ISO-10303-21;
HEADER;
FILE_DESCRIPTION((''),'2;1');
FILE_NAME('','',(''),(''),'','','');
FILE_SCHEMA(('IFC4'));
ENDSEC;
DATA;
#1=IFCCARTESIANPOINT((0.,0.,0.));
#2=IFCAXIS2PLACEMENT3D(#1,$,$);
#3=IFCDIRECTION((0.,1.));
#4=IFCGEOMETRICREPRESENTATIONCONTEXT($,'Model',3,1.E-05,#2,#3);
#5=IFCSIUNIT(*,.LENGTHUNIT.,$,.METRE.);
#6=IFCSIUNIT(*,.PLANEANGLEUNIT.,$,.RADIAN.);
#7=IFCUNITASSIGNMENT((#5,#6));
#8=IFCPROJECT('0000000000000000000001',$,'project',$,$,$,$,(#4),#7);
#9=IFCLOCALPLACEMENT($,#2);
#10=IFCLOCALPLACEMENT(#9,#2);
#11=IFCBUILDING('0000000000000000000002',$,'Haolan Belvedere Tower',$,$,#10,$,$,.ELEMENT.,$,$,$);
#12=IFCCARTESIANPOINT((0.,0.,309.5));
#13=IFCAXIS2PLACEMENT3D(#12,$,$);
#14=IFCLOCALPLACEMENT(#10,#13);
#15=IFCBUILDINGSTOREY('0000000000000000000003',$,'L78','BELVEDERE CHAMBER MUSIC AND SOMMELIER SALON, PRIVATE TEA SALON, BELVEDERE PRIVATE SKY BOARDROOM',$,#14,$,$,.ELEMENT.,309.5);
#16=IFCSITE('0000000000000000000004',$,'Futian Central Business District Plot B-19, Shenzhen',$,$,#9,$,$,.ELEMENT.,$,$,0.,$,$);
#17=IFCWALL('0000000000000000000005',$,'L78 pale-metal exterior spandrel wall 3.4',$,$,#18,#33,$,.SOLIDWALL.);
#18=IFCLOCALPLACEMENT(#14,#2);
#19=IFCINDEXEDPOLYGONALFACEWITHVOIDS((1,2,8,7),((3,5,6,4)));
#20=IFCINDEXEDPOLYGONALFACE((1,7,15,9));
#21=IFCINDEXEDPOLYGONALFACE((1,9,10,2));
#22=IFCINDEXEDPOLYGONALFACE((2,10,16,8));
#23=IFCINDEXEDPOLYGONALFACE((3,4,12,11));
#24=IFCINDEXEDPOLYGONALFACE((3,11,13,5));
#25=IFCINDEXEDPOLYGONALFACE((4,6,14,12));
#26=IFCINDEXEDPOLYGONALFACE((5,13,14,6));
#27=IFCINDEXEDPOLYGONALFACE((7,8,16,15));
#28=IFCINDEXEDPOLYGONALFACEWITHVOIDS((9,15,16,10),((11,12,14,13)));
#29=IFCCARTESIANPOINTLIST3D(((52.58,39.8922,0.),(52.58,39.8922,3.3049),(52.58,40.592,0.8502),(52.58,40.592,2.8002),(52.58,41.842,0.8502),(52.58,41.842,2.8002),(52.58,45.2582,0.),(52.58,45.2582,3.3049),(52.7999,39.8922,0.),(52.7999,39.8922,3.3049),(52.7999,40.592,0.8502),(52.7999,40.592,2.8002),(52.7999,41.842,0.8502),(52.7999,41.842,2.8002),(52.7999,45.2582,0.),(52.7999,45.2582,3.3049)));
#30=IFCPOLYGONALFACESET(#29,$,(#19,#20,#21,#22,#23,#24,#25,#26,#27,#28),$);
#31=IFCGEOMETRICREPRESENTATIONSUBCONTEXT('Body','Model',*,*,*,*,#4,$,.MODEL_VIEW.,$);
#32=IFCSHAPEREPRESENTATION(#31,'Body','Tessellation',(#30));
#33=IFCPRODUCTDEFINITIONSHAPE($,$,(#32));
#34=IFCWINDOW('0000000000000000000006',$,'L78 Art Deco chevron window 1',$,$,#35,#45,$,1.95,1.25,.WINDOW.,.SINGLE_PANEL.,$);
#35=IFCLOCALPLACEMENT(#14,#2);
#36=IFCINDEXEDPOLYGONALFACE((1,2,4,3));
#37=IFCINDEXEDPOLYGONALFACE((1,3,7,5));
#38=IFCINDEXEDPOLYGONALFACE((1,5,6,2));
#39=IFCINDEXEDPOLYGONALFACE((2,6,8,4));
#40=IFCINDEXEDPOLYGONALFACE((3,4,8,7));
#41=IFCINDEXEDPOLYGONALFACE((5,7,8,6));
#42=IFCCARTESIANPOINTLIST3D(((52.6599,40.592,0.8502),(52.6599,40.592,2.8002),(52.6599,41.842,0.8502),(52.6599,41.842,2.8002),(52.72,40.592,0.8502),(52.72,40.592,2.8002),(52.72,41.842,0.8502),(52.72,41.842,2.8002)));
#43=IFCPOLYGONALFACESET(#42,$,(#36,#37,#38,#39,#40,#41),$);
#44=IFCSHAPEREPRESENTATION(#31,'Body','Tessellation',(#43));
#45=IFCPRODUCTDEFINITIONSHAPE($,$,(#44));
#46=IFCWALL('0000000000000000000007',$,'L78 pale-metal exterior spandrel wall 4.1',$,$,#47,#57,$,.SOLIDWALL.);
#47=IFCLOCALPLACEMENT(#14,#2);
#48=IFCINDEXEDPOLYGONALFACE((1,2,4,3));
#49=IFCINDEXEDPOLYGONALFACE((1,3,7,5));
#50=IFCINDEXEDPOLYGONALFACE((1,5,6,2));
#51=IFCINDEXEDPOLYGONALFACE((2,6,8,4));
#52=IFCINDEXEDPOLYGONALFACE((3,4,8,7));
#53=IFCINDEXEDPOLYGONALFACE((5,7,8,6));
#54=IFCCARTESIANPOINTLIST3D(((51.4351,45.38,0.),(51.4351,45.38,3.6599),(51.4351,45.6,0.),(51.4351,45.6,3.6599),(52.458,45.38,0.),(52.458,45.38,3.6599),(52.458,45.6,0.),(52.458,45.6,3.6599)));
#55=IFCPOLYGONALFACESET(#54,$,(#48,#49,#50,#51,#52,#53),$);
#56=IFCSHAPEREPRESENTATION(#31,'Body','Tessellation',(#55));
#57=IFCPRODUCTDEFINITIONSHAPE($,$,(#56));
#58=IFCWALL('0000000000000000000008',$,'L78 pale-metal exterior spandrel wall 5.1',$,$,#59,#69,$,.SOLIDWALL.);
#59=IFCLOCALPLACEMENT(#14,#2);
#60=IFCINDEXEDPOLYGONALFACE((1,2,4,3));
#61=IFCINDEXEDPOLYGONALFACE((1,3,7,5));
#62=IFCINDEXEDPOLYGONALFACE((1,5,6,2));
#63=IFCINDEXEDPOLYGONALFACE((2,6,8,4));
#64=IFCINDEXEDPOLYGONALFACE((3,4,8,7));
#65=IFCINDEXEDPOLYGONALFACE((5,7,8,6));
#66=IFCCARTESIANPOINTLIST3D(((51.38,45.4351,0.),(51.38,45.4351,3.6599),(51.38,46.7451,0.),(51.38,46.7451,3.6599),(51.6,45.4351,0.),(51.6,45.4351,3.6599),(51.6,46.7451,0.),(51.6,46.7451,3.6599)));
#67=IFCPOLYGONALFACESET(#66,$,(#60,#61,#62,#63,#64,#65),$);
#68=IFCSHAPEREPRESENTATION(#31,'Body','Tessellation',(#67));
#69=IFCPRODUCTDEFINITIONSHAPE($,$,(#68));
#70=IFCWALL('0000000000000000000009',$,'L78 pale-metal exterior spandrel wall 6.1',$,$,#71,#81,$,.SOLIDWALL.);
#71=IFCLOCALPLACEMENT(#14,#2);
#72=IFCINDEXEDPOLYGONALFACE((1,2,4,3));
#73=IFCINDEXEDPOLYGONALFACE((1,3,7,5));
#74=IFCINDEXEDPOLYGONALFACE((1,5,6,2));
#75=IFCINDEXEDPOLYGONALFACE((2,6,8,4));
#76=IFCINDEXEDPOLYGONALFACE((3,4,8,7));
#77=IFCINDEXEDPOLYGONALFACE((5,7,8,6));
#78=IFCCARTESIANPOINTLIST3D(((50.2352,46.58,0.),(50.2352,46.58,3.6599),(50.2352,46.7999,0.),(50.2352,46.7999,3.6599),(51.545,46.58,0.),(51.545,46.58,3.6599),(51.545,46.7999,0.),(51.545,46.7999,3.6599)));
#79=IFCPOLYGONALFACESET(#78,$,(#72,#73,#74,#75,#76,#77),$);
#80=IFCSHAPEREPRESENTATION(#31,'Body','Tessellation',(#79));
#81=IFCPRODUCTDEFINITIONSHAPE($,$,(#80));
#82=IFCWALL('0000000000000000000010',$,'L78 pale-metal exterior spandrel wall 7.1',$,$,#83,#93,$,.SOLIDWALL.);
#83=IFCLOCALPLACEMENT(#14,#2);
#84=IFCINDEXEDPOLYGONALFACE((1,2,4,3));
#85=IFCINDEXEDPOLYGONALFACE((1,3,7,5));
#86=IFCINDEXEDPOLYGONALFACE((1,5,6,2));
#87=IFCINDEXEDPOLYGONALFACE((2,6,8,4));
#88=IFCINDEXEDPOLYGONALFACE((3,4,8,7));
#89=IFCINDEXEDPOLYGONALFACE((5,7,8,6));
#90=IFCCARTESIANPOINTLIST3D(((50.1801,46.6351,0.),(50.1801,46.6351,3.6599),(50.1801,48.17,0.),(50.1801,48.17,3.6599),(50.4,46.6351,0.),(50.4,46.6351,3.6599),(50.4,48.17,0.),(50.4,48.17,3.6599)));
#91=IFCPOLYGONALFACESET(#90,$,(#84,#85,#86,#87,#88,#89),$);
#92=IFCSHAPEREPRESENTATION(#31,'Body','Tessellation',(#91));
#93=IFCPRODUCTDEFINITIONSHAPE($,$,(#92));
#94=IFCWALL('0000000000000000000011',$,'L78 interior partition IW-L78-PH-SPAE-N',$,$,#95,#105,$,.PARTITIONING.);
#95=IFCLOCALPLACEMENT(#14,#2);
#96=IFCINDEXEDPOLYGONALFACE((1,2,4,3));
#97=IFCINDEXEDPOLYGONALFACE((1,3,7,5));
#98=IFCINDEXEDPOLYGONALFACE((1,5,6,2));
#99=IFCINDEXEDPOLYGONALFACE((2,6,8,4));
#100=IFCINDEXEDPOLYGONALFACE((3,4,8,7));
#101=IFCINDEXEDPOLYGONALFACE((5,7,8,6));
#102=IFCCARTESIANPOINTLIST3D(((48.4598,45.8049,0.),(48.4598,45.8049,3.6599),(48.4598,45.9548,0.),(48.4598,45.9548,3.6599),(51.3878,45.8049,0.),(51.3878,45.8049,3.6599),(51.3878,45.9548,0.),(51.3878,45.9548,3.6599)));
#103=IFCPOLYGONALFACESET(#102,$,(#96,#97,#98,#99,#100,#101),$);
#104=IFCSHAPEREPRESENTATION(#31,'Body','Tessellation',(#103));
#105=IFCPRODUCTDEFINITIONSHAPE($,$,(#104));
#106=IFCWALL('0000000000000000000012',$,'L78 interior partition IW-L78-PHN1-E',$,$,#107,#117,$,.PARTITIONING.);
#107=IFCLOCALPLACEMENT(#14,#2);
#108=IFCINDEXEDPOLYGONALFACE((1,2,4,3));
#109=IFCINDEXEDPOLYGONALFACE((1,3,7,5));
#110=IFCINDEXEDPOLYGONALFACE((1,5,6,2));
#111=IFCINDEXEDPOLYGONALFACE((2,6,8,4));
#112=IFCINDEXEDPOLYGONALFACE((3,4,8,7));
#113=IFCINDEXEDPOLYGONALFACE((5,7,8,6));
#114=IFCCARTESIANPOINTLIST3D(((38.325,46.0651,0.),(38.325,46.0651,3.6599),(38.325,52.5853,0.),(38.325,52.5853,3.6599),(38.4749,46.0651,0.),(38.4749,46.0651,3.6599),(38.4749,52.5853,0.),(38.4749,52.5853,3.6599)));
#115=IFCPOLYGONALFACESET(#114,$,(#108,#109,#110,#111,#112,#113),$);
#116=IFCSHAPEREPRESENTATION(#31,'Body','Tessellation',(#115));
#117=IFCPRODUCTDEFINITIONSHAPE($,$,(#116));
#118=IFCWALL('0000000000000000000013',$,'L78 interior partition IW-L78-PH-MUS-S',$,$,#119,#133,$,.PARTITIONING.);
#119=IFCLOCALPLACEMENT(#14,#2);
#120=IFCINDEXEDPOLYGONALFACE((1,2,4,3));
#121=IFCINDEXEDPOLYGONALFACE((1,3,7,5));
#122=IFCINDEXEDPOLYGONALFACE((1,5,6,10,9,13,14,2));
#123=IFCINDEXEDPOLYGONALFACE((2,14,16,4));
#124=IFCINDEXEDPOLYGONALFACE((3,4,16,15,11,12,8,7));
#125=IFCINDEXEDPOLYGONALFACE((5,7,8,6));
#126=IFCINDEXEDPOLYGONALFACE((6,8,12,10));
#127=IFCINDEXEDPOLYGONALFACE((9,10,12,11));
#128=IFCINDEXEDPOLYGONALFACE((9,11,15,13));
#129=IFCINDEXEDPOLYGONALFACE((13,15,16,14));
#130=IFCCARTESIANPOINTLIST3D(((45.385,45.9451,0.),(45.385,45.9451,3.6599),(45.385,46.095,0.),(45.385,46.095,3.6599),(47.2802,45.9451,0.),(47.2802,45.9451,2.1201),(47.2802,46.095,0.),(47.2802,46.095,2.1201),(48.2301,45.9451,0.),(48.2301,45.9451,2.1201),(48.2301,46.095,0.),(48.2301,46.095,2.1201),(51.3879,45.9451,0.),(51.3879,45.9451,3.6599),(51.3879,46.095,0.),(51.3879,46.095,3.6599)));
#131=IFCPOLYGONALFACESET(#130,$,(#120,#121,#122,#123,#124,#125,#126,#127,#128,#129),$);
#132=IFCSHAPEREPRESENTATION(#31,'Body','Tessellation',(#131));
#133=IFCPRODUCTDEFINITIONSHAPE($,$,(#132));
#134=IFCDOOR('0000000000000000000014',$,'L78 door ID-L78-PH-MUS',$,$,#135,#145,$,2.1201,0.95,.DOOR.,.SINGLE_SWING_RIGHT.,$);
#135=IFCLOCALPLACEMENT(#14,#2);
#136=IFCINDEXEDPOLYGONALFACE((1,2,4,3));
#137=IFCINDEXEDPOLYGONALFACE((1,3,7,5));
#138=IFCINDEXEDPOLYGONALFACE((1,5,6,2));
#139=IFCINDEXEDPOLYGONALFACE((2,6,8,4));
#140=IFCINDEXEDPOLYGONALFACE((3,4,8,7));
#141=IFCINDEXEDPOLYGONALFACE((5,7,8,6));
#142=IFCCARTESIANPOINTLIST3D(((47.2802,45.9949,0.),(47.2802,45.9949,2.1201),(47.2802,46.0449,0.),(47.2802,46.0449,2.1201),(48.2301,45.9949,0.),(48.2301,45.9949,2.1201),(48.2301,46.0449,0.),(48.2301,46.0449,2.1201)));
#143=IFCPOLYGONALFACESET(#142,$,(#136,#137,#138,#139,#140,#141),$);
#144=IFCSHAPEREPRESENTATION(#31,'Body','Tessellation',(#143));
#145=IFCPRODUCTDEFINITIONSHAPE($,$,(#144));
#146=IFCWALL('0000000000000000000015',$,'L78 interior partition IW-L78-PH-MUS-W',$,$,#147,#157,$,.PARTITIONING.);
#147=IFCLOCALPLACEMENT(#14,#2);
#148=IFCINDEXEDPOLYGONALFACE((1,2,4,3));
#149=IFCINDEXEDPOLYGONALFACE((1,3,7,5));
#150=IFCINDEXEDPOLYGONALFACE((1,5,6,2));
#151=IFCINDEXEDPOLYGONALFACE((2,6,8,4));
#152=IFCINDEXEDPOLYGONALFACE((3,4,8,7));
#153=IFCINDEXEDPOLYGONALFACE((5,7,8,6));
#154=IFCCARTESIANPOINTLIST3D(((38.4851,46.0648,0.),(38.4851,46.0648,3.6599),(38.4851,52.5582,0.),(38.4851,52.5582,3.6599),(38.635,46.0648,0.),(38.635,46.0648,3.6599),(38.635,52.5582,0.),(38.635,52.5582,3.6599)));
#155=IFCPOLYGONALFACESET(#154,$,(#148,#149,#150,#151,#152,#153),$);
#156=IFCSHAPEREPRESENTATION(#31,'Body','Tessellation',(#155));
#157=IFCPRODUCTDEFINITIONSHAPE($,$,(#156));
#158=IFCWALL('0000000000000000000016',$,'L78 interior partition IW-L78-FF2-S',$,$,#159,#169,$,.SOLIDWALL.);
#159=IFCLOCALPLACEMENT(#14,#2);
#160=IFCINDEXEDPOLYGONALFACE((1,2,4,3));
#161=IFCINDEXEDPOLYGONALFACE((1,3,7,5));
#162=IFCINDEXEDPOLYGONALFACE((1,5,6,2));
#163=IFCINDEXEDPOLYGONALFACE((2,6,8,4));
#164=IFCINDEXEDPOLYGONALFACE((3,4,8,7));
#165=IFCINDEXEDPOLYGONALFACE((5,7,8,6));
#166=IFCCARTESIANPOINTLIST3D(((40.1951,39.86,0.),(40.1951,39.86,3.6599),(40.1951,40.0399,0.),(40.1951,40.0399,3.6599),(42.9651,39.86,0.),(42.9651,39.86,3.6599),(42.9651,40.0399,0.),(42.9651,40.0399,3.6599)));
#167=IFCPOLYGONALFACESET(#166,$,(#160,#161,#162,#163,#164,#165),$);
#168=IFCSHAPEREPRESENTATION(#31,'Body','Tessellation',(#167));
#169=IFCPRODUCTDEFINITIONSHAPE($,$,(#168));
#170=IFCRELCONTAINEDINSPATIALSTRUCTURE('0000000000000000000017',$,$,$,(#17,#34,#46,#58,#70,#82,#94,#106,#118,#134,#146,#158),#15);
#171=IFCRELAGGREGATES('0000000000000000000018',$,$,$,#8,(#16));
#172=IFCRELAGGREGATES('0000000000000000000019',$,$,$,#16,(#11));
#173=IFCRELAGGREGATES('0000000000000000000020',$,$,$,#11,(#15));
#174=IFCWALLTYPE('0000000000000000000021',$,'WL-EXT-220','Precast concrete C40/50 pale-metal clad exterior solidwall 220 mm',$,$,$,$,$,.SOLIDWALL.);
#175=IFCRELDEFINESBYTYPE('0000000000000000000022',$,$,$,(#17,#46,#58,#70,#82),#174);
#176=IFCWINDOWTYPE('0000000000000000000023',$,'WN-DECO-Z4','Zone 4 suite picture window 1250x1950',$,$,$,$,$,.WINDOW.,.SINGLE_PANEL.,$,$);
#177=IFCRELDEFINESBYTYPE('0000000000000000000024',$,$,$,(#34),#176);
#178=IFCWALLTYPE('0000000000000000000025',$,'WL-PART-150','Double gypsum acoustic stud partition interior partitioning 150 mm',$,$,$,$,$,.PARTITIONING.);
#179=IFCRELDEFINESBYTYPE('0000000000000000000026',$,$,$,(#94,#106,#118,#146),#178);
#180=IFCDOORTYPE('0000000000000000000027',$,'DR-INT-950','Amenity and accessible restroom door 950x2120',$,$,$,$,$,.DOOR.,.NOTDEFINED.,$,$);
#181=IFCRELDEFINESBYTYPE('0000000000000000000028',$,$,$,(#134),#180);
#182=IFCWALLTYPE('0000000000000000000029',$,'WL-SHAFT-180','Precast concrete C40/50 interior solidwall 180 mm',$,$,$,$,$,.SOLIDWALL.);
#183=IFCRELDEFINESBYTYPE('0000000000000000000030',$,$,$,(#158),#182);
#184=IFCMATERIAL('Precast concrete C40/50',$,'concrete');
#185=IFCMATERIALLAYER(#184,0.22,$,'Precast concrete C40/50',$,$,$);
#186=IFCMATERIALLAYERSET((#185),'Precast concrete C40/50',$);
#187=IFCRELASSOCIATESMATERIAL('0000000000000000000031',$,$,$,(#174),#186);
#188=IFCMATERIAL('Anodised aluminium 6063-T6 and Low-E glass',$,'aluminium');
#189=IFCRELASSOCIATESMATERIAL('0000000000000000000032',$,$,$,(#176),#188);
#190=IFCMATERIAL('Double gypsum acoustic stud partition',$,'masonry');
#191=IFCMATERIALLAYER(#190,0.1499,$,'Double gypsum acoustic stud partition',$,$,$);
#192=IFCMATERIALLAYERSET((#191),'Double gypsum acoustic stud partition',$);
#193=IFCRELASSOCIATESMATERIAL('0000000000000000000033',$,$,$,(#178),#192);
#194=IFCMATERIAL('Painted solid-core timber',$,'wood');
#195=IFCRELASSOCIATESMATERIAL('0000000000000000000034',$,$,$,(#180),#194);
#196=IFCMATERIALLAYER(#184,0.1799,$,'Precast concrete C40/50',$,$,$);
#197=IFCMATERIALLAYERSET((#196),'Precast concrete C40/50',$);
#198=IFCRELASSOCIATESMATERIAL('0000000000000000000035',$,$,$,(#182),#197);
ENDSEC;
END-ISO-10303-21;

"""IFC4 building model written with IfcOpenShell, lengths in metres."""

from ifc_helpers import new_model, si_unit, direction, frame, frame_2d, origin, place, context, subcontext, project, spatial, rectangle, extrude, material, layer, layer_set, type_object, element, fill, save


model = new_model("IFC4")

# Units and contexts
model_context = context("Model", 3, precision=1e-05, world=origin(), true_north=direction((0.0, 1.0)))
body_context = subcontext(model_context, "Body", "Model", "MODEL_VIEW")
ifc_project = project(units=[si_unit("LENGTHUNIT", "METRE"), si_unit("PLANEANGLEUNIT", "RADIAN")], contexts=[model_context])

# Site, building, storey
site_placement = place(None, origin())
site = spatial("IfcSite", under=ifc_project, at=site_placement, Name="Futian Central Business District Plot B-19, Shenzhen", CompositionType="ELEMENT", RefElevation=0.0)
building_placement = place(site_placement, origin())
building = spatial("IfcBuilding", under=site, at=building_placement, Name="Haolan Belvedere Tower", CompositionType="ELEMENT")
storey_placement = place(building_placement, frame((0.0, 0.0, 309.5)))
storey = spatial("IfcBuildingStorey", under=building, at=storey_placement, Name="L78", Description="BELVEDERE CHAMBER MUSIC AND SOMMELIER SALON, PRIVATE TEA SALON, BELVEDERE PRIVATE SKY BOARDROOM", CompositionType="ELEMENT", Elevation=309.5)

# Wall, opening, window
ifc_material_1 = material(Name="Precast concrete C40/50", Category="concrete")
ifc_layer_1 = layer(ifc_material_1, 0.22, Name="Precast concrete C40/50")
ifc_layer_set_1 = layer_set([ifc_layer_1], Name="Precast concrete C40/50")
wall_type_1 = type_object("IfcWallType", Name="WL-EXT-220", Description="Precast concrete C40/50 pale-metal clad exterior solidwall 220 mm", PredefinedType="SOLIDWALL", material=ifc_layer_set_1)
wall_1_placement = place(storey_placement, frame((52.6899, 39.8921, 0.0), z_axis=(0.0, 0.0, 1.0), x_axis=(0.0, 1.0, 0.0)))
wall_1 = element("IfcWall", 1, at=wall_1_placement, inside=storey, type_object=wall_type_1, Name="L78 pale-metal exterior spandrel wall 3.4", PredefinedType="SOLIDWALL", context=body_context, shape_type="SweptSolid", body=[
    extrude(rectangle(XDim=5.366, YDim=0.22, at=frame_2d((2.6831, 0.0))), origin(), (0.0, 0.0, 1.0), 3.3049),
])
opening_1_placement = place(wall_1_placement, frame((0.7, 0.0, 0.8501)))
opening_1 = element("IfcOpeningElement", 2, at=opening_1_placement, cuts=wall_1, PredefinedType="OPENING", context=body_context, shape_type="SweptSolid", body=[
    extrude(rectangle(XDim=1.25, YDim=1.95, at=frame_2d((0.625, 0.9751))), frame((0.0, 0.1199, 0.0), z_axis=(0.0, -1.0, 0.0), x_axis=(1.0, 0.0, 0.0)), (0.0, 0.0, 1.0), 0.24),
])
ifc_material_2 = material(Name="Anodised aluminium 6063-T6 and Low-E glass", Category="aluminium")
window_type = type_object("IfcWindowType", Name="WN-DECO-Z4", Description="Zone 4 suite picture window 1250x1950", PartitioningType="SINGLE_PANEL", PredefinedType="WINDOW", material=ifc_material_2)
window_placement = place(opening_1_placement, origin())
window = element("IfcWindow", 3, at=window_placement, inside=storey, type_object=window_type, Name="L78 Art Deco chevron window 1", OverallHeight=1.95, OverallWidth=1.25, PartitioningType="SINGLE_PANEL", PredefinedType="WINDOW", context=body_context, shape_type="SweptSolid", body=[
    extrude(rectangle(XDim=1.25, YDim=1.95, at=frame_2d((0.625, 0.9751))), frame((0.0, 0.03, 0.0), z_axis=(0.0, -1.0, 0.0), x_axis=(1.0, 0.0, 0.0)), (0.0, 0.0, 1.0), 0.0601),
])
fill(opening_1, window)

# Walls
wall_2_placement = place(storey_placement, frame((52.458, 45.49, 0.0), z_axis=(0.0, 0.0, 1.0), x_axis=(-1.0, 0.0, 0.0)))
element("IfcWall", 4, at=wall_2_placement, inside=storey, type_object=wall_type_1, Name="L78 pale-metal exterior spandrel wall 4.1", PredefinedType="SOLIDWALL", context=body_context, shape_type="SweptSolid", body=[
    extrude(rectangle(XDim=1.0229, YDim=0.22, at=frame_2d((0.5115, 0.0))), origin(), (0.0, 0.0, 1.0), 3.6599),
])
wall_3_placement = place(storey_placement, frame((51.49, 45.4351, 0.0), z_axis=(0.0, 0.0, 1.0), x_axis=(0.0, 1.0, 0.0)))
element("IfcWall", 5, at=wall_3_placement, inside=storey, type_object=wall_type_1, Name="L78 pale-metal exterior spandrel wall 5.1", PredefinedType="SOLIDWALL", context=body_context, shape_type="SweptSolid", body=[
    extrude(rectangle(XDim=1.3101, YDim=0.22, at=frame_2d((0.655, 0.0))), origin(), (0.0, 0.0, 1.0), 3.6599),
])
wall_4_placement = place(storey_placement, frame((51.5449, 46.6899, 0.0), z_axis=(0.0, 0.0, 1.0), x_axis=(-1.0, 0.0, 0.0)))
element("IfcWall", 6, at=wall_4_placement, inside=storey, type_object=wall_type_1, Name="L78 pale-metal exterior spandrel wall 6.1", PredefinedType="SOLIDWALL", context=body_context, shape_type="SweptSolid", body=[
    extrude(rectangle(XDim=1.3098, YDim=0.22, at=frame_2d((0.6548, 0.0))), origin(), (0.0, 0.0, 1.0), 3.6599),
])
wall_5_placement = place(storey_placement, frame((50.29, 46.635, 0.0), z_axis=(0.0, 0.0, 1.0), x_axis=(0.0, 1.0, 0.0)))
element("IfcWall", 7, at=wall_5_placement, inside=storey, type_object=wall_type_1, Name="L78 pale-metal exterior spandrel wall 7.1", PredefinedType="SOLIDWALL", context=body_context, shape_type="SweptSolid", body=[
    extrude(rectangle(XDim=1.5349, YDim=0.22, at=frame_2d((0.7676, 0.0))), origin(), (0.0, 0.0, 1.0), 3.6599),
])

# Walls
ifc_material_3 = material(Name="Double gypsum acoustic stud partition", Category="masonry")
ifc_layer_2 = layer(ifc_material_3, 0.1499, Name="Double gypsum acoustic stud partition")
ifc_layer_set_2 = layer_set([ifc_layer_2], Name="Double gypsum acoustic stud partition")
wall_type_2 = type_object("IfcWallType", Name="WL-PART-150", Description="Double gypsum acoustic stud partition interior partitioning 150 mm", PredefinedType="PARTITIONING", material=ifc_layer_set_2)
wall_6_placement = place(storey_placement, frame((48.46, 45.8799, 0.0), z_axis=(0.0, 0.0, 1.0), x_axis=(1.0, 0.0, 0.0)))
element("IfcWall", 8, at=wall_6_placement, inside=storey, type_object=wall_type_2, Name="L78 interior partition IW-L78-PH-SPAE-N", PredefinedType="PARTITIONING", context=body_context, shape_type="SweptSolid", body=[
    extrude(rectangle(XDim=2.928, YDim=0.1499, at=frame_2d((1.4639, 0.0))), origin(), (0.0, 0.0, 1.0), 3.6599),
])
wall_7_placement = place(storey_placement, frame((38.3999, 46.0649, 0.0), z_axis=(0.0, 0.0, 1.0), x_axis=(0.0, 1.0, 0.0)))
element("IfcWall", 9, at=wall_7_placement, inside=storey, type_object=wall_type_2, Name="L78 interior partition IW-L78-PHN1-E", PredefinedType="PARTITIONING", context=body_context, shape_type="SweptSolid", body=[
    extrude(rectangle(XDim=6.5203, YDim=0.1499, at=frame_2d((3.2603, 0.0))), origin(), (0.0, 0.0, 1.0), 3.6599),
])

# Wall, opening, door
wall_8_placement = place(storey_placement, frame((45.385, 46.02, 0.0), z_axis=(0.0, 0.0, 1.0), x_axis=(1.0, 0.0, 0.0)))
wall_8 = element("IfcWall", 10, at=wall_8_placement, inside=storey, type_object=wall_type_2, Name="L78 interior partition IW-L78-PH-MUS-S", PredefinedType="PARTITIONING", context=body_context, shape_type="SweptSolid", body=[
    extrude(rectangle(XDim=6.0029, YDim=0.1499, at=frame_2d((3.0015, 0.0))), origin(), (0.0, 0.0, 1.0), 3.6599),
])
opening_2_placement = place(wall_8_placement, frame((1.895, 0.0, 0.0)))
opening_2 = element("IfcOpeningElement", 11, at=opening_2_placement, cuts=wall_8, PredefinedType="OPENING", context=body_context, shape_type="SweptSolid", body=[
    extrude(rectangle(XDim=0.95, YDim=2.1201, at=frame_2d((0.4751, 1.0601))), frame((0.0, 0.085, 0.0), z_axis=(0.0, -1.0, 0.0), x_axis=(1.0, 0.0, 0.0)), (0.0, 0.0, 1.0), 0.1699),
])
ifc_material_4 = material(Name="Painted solid-core timber", Category="wood")
door_type_1 = type_object("IfcDoorType", Name="DR-INT-950", Description="Amenity and accessible restroom door 950x2120", OperationType="NOTDEFINED", PredefinedType="DOOR", material=ifc_material_4)
door_1_placement = place(opening_2_placement, origin())
door_1 = element("IfcDoor", 12, at=door_1_placement, inside=storey, type_object=door_type_1, Name="L78 door ID-L78-PH-MUS", OperationType="SINGLE_SWING_RIGHT", OverallHeight=2.1201, OverallWidth=0.95, PredefinedType="DOOR", context=body_context, shape_type="SweptSolid", body=[
    extrude(rectangle(XDim=0.95, YDim=2.1201, at=frame_2d((0.4751, 1.0601))), frame((0.0, 0.0249, 0.0), z_axis=(0.0, -1.0, 0.0), x_axis=(1.0, 0.0, 0.0)), (0.0, 0.0, 1.0), 0.05),
])
fill(opening_2, door_1)

# Walls
wall_9_placement = place(storey_placement, frame((38.5601, 46.0649, 0.0), z_axis=(0.0, 0.0, 1.0), x_axis=(0.0, 1.0, 0.0)))
element("IfcWall", 13, at=wall_9_placement, inside=storey, type_object=wall_type_2, Name="L78 interior partition IW-L78-PH-MUS-W", PredefinedType="PARTITIONING", context=body_context, shape_type="SweptSolid", body=[
    extrude(rectangle(XDim=6.4934, YDim=0.1499, at=frame_2d((3.2466, 0.0))), origin(), (0.0, 0.0, 1.0), 3.6599),
])
ifc_layer_3 = layer(ifc_material_1, 0.1799, Name="Precast concrete C40/50")
ifc_layer_set_3 = layer_set([ifc_layer_3], Name="Precast concrete C40/50")
wall_type_3 = type_object("IfcWallType", Name="WL-SHAFT-180", Description="Precast concrete C40/50 interior solidwall 180 mm", PredefinedType="SOLIDWALL", material=ifc_layer_set_3)
wall_10_placement = place(storey_placement, frame((40.1951, 39.95, 0.0), z_axis=(0.0, 0.0, 1.0), x_axis=(1.0, 0.0, 0.0)))
element("IfcWall", 14, at=wall_10_placement, inside=storey, type_object=wall_type_3, Name="L78 interior partition IW-L78-FF2-S", PredefinedType="SOLIDWALL", context=body_context, shape_type="SweptSolid", body=[
    extrude(rectangle(XDim=2.77, YDim=0.1799, at=frame_2d((1.385, 0.0))), origin(), (0.0, 0.0, 1.0), 3.6599),
])

save(model, "model.ifc")
